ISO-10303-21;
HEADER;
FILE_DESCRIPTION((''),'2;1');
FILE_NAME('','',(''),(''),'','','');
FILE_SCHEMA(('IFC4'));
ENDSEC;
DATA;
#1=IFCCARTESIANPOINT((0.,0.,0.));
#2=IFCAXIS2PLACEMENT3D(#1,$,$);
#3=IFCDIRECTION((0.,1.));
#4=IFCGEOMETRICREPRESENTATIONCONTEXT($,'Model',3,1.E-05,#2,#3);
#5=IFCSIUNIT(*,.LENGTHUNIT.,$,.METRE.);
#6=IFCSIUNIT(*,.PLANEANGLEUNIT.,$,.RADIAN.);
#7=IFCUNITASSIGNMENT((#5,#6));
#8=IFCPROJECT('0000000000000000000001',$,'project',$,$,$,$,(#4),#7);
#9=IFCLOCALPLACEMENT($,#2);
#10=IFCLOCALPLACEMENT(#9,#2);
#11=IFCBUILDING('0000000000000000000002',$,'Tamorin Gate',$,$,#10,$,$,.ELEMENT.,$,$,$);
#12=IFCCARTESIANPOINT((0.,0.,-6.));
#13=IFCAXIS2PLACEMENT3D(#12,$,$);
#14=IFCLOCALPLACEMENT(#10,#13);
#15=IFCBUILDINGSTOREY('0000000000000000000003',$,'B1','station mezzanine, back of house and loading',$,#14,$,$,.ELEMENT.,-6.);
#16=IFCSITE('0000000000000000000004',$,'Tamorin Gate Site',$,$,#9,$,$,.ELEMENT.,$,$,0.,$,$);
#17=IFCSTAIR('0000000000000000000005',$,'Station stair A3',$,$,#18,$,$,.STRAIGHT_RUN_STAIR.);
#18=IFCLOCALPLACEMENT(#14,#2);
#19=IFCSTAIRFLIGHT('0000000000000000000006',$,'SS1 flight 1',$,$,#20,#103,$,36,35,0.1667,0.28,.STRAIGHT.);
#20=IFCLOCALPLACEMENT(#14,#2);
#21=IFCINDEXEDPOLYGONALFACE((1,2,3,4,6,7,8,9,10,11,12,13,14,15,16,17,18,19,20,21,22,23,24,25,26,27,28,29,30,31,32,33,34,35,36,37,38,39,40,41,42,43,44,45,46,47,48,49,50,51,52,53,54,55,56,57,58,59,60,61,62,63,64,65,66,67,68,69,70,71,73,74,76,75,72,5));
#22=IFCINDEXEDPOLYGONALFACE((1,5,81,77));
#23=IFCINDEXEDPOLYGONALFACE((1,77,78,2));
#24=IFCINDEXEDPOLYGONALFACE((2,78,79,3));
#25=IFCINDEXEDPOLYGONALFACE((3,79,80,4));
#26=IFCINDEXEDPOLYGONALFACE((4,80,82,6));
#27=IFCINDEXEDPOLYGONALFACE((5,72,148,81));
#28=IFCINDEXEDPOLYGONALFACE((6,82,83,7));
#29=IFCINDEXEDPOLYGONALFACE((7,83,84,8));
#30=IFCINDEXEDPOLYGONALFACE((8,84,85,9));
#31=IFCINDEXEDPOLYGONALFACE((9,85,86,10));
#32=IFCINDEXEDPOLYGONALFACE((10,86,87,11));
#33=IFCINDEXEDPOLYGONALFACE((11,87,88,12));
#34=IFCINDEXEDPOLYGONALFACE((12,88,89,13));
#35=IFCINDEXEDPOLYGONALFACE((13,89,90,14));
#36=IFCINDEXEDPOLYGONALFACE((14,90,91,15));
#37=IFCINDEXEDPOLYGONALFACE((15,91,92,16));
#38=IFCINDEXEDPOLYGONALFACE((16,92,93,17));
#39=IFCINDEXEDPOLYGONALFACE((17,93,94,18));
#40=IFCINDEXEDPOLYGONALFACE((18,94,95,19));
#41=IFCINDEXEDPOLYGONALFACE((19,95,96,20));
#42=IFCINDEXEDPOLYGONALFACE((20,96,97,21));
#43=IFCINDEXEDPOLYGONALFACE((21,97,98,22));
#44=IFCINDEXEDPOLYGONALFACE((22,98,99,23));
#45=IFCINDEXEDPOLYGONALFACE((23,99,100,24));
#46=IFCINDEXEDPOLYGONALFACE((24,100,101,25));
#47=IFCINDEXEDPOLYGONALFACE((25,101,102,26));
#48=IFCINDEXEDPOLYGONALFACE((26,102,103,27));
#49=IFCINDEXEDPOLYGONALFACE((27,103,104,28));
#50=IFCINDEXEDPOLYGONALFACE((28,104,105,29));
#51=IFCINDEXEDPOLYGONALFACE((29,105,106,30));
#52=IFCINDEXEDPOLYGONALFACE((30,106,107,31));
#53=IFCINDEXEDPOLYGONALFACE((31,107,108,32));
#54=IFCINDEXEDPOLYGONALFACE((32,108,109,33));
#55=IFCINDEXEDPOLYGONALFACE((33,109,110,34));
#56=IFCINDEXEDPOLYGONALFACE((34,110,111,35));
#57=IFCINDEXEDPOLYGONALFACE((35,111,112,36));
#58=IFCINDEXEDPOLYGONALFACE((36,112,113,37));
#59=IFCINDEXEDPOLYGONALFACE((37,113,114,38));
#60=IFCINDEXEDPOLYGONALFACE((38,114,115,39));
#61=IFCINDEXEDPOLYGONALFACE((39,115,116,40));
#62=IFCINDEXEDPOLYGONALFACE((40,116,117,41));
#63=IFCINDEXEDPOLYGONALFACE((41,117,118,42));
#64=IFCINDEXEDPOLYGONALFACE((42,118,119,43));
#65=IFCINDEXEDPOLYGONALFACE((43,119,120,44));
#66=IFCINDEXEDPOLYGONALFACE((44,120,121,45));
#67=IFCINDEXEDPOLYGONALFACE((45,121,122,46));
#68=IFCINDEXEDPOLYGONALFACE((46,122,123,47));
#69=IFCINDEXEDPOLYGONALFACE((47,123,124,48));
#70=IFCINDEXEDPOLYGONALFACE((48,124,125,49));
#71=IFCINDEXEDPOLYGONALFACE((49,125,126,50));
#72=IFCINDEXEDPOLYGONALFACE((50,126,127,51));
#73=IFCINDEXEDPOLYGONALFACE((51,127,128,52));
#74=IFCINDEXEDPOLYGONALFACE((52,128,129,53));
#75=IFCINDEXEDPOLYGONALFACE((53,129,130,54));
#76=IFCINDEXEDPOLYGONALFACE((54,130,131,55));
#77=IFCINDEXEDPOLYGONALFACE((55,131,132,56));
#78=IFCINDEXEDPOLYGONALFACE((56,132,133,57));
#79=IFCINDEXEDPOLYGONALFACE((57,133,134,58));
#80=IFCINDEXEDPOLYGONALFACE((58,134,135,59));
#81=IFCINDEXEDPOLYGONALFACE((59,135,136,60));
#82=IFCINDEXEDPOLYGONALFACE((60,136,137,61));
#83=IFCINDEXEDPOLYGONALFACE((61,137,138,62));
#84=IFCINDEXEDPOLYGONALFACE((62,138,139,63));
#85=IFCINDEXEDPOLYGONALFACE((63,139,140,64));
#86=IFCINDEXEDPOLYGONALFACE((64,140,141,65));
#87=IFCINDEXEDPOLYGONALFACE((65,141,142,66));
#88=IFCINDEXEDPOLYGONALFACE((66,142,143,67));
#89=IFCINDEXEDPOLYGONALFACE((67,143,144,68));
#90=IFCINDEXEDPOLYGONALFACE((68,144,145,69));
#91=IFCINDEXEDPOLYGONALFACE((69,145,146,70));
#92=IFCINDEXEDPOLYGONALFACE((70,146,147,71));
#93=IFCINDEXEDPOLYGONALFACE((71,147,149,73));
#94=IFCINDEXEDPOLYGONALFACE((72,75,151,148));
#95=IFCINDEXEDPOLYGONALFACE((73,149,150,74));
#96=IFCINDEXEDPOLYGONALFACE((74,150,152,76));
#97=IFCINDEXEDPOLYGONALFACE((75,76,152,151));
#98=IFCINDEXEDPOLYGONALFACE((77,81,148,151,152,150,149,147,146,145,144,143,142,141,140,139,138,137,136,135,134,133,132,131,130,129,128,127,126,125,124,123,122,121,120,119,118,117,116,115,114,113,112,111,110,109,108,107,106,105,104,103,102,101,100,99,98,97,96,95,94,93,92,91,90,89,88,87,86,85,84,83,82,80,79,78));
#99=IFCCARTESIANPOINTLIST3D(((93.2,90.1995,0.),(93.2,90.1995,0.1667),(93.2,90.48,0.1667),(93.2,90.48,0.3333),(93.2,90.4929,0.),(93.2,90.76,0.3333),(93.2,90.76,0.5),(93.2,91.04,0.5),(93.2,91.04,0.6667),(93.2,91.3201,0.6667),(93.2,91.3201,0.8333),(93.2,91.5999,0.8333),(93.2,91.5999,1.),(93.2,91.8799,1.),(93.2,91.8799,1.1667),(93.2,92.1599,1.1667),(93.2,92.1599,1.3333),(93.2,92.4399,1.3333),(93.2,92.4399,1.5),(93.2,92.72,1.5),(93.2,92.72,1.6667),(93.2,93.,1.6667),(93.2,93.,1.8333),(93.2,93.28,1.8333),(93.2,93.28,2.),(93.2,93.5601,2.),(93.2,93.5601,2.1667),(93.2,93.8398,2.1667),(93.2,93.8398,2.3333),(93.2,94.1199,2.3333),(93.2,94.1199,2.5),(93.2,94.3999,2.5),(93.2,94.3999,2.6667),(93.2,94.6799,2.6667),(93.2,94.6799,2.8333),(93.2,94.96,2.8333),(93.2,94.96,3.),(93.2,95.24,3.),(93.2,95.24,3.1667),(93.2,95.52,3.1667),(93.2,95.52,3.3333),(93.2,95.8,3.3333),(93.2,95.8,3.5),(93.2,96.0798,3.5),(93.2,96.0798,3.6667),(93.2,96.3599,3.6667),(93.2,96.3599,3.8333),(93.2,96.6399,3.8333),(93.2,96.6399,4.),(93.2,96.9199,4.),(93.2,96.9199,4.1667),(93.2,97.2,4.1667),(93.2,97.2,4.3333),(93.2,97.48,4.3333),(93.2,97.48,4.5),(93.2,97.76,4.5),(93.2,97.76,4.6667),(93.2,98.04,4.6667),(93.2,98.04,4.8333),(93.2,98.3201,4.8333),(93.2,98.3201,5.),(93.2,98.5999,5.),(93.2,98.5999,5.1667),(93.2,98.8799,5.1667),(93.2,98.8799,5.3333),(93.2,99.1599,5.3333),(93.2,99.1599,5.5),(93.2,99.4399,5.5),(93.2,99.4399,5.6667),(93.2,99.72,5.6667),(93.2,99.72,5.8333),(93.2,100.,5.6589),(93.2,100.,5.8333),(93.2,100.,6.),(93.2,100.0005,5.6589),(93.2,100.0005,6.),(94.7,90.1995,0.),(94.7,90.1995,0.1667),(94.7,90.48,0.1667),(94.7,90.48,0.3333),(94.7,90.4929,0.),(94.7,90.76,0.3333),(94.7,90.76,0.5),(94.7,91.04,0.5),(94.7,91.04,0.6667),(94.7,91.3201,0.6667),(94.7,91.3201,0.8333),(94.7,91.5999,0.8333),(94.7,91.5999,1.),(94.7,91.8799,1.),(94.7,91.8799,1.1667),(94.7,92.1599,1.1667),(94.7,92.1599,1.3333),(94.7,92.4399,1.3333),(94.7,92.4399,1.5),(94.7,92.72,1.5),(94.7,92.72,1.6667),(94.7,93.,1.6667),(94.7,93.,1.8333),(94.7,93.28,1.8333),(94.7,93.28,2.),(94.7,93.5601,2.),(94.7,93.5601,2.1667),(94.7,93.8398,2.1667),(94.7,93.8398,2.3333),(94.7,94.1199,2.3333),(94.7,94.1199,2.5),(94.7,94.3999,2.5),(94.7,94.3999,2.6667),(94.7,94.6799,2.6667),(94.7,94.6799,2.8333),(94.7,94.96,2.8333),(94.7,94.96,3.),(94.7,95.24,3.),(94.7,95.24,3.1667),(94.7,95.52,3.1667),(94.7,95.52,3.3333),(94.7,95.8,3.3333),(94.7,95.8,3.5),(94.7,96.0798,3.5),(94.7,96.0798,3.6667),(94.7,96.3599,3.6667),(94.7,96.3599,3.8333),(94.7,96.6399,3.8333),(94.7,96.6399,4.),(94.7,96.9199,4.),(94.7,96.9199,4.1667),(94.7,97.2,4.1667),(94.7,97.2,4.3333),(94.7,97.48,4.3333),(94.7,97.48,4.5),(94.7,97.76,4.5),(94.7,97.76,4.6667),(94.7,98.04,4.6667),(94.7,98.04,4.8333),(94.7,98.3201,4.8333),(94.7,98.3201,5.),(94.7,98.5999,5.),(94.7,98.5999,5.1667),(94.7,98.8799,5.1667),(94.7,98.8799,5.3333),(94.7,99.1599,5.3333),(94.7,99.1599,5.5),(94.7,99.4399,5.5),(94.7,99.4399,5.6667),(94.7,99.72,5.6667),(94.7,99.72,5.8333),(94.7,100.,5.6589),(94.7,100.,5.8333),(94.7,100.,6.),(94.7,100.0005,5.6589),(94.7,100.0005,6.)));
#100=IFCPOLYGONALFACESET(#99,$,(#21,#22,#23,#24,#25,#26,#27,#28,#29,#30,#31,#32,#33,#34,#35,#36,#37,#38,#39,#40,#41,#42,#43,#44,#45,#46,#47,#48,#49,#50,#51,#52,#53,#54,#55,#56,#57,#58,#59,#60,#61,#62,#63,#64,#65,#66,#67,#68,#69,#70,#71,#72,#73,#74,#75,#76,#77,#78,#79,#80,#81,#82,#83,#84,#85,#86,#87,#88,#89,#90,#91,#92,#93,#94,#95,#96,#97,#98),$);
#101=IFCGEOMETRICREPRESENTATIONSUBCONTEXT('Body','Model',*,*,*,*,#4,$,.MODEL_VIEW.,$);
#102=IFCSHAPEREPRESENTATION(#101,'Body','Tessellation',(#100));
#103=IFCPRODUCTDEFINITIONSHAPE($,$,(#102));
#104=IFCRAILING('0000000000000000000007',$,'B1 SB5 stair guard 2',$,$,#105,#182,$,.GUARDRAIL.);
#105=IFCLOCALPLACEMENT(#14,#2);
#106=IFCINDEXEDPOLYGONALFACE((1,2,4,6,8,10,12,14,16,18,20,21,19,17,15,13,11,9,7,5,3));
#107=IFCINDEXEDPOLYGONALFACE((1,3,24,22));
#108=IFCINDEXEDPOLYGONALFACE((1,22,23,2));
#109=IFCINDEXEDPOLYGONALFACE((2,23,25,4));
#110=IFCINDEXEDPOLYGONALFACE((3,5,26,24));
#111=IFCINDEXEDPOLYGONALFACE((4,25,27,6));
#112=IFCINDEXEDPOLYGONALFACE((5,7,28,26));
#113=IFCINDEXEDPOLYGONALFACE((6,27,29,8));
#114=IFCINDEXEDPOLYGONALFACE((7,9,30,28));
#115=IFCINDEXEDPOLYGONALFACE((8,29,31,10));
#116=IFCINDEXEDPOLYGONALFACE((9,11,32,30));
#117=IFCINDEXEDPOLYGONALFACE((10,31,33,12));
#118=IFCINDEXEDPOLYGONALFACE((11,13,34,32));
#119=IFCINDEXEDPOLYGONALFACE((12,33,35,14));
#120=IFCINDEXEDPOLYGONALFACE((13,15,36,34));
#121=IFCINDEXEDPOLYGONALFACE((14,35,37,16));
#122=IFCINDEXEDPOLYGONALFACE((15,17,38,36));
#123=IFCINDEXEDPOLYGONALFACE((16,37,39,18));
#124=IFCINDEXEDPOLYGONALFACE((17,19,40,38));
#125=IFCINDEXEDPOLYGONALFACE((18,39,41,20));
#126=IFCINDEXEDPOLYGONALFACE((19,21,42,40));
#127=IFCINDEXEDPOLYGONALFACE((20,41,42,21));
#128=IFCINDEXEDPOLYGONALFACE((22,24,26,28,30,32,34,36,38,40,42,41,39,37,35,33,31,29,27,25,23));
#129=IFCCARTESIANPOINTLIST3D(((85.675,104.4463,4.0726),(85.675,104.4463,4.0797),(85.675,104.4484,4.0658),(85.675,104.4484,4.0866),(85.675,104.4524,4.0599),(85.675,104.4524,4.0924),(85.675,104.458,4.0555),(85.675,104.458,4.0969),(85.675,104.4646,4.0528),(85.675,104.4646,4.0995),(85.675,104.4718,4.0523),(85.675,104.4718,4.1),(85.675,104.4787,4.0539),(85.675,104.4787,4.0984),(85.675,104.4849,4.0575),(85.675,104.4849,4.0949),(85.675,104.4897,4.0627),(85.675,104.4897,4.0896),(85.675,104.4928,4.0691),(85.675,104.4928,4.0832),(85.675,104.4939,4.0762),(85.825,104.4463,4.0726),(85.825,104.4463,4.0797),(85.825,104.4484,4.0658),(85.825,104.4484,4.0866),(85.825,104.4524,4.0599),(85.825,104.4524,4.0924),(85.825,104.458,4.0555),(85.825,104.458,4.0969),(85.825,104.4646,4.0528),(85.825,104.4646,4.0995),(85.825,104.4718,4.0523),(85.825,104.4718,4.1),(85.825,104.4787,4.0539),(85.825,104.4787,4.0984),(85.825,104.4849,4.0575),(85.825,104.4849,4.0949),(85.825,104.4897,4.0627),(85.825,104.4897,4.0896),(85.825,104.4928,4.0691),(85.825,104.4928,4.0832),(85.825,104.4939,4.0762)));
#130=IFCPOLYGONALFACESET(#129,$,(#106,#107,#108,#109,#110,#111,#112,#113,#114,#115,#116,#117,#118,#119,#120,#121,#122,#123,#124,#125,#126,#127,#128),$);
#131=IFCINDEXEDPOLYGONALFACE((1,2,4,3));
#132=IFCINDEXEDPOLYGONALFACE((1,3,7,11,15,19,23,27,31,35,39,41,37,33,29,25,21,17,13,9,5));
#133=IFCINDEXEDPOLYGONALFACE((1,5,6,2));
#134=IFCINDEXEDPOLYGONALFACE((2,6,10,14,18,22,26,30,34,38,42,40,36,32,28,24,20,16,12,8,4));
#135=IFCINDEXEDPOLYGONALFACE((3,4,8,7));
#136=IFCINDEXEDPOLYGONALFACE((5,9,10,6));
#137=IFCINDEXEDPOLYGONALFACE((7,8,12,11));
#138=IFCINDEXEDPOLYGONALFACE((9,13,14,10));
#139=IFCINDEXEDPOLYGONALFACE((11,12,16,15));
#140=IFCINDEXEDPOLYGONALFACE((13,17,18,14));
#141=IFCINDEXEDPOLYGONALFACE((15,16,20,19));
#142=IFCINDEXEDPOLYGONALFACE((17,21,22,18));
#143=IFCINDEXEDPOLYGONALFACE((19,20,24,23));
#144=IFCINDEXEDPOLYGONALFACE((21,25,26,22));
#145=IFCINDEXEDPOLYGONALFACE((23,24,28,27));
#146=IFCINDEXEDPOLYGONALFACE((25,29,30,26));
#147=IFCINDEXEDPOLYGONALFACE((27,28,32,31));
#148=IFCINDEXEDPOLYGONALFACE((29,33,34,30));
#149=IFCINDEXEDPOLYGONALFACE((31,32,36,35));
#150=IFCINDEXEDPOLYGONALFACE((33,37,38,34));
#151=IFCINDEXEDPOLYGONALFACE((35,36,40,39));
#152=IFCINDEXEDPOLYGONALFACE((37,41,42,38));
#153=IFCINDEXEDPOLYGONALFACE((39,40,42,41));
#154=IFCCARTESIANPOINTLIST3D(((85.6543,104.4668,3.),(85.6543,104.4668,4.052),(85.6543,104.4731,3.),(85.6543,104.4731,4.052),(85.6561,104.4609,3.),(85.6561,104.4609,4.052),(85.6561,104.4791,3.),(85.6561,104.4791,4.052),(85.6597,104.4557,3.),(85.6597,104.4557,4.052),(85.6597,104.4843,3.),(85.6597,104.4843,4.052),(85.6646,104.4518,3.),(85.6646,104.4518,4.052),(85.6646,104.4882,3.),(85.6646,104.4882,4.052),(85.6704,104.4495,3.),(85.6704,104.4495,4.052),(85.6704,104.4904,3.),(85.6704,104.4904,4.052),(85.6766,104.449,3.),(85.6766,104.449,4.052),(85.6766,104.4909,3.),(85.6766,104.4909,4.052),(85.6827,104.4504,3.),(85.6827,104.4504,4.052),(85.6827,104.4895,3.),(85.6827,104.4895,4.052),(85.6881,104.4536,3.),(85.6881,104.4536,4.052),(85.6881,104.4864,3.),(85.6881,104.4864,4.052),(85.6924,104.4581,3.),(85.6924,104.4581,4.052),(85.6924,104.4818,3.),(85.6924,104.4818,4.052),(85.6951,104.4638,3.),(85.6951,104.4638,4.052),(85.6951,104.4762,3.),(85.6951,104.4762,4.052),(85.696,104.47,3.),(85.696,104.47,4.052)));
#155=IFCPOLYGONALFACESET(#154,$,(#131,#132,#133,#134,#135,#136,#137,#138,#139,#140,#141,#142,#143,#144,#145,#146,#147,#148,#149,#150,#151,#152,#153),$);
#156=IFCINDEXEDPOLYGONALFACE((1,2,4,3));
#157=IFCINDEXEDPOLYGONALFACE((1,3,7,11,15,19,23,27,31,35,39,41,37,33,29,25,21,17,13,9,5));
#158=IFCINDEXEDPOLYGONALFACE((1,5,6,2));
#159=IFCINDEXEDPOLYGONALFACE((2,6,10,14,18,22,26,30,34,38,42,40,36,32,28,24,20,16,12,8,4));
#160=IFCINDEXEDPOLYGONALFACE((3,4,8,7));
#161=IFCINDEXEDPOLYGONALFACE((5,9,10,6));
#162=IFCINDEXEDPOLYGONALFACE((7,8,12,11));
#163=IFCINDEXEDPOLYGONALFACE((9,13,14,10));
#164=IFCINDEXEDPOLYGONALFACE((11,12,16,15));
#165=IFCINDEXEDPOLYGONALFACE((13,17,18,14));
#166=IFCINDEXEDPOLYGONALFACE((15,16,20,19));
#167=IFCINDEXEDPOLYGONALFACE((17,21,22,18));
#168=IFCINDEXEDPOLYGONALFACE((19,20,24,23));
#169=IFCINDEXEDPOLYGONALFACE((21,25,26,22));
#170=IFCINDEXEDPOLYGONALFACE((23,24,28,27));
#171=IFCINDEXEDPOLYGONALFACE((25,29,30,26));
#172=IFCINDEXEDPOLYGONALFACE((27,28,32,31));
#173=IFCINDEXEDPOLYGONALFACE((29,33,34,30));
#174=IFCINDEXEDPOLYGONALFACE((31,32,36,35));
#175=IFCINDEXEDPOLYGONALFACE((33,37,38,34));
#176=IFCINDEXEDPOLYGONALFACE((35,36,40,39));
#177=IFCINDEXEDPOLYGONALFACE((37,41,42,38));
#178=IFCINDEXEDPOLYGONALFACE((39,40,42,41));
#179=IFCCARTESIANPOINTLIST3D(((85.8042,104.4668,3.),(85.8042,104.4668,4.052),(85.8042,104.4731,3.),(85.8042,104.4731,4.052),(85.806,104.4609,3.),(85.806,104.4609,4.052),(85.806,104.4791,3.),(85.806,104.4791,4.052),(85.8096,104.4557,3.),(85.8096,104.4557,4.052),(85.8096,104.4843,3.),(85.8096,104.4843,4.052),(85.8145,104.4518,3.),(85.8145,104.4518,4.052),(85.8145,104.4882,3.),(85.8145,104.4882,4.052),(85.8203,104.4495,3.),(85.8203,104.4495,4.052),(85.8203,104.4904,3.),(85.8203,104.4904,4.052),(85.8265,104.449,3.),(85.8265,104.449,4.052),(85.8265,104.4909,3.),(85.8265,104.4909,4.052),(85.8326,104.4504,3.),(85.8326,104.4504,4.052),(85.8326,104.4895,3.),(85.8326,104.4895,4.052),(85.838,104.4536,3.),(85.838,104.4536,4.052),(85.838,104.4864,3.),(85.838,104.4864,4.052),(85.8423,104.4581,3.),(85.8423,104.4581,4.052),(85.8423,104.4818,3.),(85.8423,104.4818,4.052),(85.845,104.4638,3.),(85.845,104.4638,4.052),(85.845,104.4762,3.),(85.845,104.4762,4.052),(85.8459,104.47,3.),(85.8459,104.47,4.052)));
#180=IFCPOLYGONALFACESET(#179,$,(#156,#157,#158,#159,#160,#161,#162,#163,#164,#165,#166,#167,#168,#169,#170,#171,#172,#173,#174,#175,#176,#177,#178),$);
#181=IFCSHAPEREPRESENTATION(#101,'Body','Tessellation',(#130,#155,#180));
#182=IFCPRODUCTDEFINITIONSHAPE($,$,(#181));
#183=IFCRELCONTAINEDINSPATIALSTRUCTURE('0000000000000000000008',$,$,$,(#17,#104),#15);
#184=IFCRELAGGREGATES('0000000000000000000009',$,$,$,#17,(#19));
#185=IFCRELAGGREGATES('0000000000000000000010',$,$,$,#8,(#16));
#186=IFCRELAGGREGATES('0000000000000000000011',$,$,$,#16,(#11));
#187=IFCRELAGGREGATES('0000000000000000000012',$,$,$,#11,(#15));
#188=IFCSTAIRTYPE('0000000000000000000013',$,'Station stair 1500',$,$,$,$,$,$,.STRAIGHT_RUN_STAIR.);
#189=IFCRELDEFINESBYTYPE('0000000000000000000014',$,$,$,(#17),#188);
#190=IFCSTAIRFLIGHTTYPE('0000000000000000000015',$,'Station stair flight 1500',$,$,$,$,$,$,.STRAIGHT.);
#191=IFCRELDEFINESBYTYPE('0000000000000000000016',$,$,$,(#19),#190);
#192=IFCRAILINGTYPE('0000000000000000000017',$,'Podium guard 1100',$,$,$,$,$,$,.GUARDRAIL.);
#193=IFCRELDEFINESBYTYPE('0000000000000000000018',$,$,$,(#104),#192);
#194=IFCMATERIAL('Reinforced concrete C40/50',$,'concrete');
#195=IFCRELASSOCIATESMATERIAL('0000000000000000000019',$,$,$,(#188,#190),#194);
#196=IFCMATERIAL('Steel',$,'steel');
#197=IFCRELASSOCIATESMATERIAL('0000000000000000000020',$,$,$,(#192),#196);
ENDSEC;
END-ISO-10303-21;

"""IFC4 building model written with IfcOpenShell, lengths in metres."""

from ifc_helpers import new_model, si_unit, direction, frame, origin, origin_2d, place, context, subcontext, project, spatial, polyline, circle, outline, extrude, material, type_object, element, aggregate, save


model = new_model("IFC4")

# Units and contexts
model_context = context("Model", 3, precision=1e-05, world=origin(), true_north=direction((0.0, 1.0)))
body_context = subcontext(model_context, "Body", "Model", "MODEL_VIEW")
ifc_project = project(units=[si_unit("LENGTHUNIT", "METRE"), si_unit("PLANEANGLEUNIT", "RADIAN")], contexts=[model_context])

# Site, building, storey
site_placement = place(None, origin())
site = spatial("IfcSite", under=ifc_project, at=site_placement, Name="Tamorin Gate Site", CompositionType="ELEMENT", RefElevation=0.0)
building_placement = place(site_placement, origin())
building = spatial("IfcBuilding", under=site, at=building_placement, Name="Tamorin Gate", CompositionType="ELEMENT")
storey_placement = place(building_placement, frame((0.0, 0.0, -6.0)))
storey = spatial("IfcBuildingStorey", under=building, at=storey_placement, Name="B1", Description="station mezzanine, back of house and loading", CompositionType="ELEMENT", Elevation=-6.0)

# Stair, stair flight
ifc_material_1 = material(Name="Reinforced concrete C40/50", Category="concrete")
stair_type = type_object("IfcStairType", Name="Station stair 1500", PredefinedType="STRAIGHT_RUN_STAIR", material=ifc_material_1)
stair_placement = place(storey_placement, origin())
stair = element("IfcStair", 1, at=stair_placement, inside=storey, type_object=stair_type, Name="Station stair A3", PredefinedType="STRAIGHT_RUN_STAIR")
stair_flight_type = type_object("IfcStairFlightType", Name="Station stair flight 1500", PredefinedType="STRAIGHT", material=ifc_material_1)
stair_flight_placement = place(storey_placement, frame((93.95, 90.2, 0.0), z_axis=(0.0, 0.0, 1.0), x_axis=(0.0, 1.0, 0.0)))
stair_flight = element("IfcStairFlight", 2, at=stair_flight_placement, type_object=stair_flight_type, Name="SS1 flight 1", NumberOfRisers=36, NumberOfTreads=35, PredefinedType="STRAIGHT", RiserHeight=0.1667, TreadLength=0.28, context=body_context, shape_type="SweptSolid", body=[
    extrude(outline(polyline([(-0.0005, 0.0), (-0.0005, 0.1667), (0.28, 0.1667), (0.28, 0.3333), (0.5601, 0.3333), (0.5601, 0.5), (0.8401, 0.5), (0.8401, 0.6667), (1.1201, 0.6667), (1.1201, 0.8333), (1.3999, 0.8333), (1.3999, 1.0), (1.6799, 1.0), (1.6799, 1.1667), (1.96, 1.1667), (1.96, 1.3333), (2.24, 1.3333), (2.24, 1.5), (2.52, 1.5), (2.52, 1.6667), (2.8, 1.6667), (2.8, 1.8333), (3.0801, 1.8333), (3.0801, 2.0), (3.3601, 2.0), (3.3601, 2.1667), (3.6399, 2.1667), (3.6399, 2.3333), (3.9199, 2.3333), (3.9199, 2.5), (4.2, 2.5), (4.2, 2.6667), (4.48, 2.6667), (4.48, 2.8333), (4.76, 2.8333), (4.76, 3.0), (5.04, 3.0), (5.04, 3.1667), (5.3201, 3.1667), (5.3201, 3.3333), (5.6001, 3.3333), (5.6001, 3.5), (5.8799, 3.5), (5.8799, 3.6667), (6.1599, 3.6667), (6.1599, 3.8333), (6.4399, 3.8333), (6.4399, 4.0), (6.72, 4.0), (6.72, 4.1667), (7.0, 4.1667), (7.0, 4.3333), (7.28, 4.3333), (7.28, 4.5), (7.5601, 4.5), (7.5601, 4.6667), (7.8401, 4.6667), (7.8401, 4.8333), (8.1201, 4.8333), (8.1201, 5.0), (8.3999, 5.0), (8.3999, 5.1667), (8.6799, 5.1667), (8.6799, 5.3333), (8.96, 5.3333), (8.96, 5.5), (9.24, 5.5), (9.24, 5.6667), (9.52, 5.6667), (9.52, 5.8333), (9.8, 5.8333), (9.8, 6.0), (9.8005, 6.0), (9.8005, 5.6589), (9.8, 5.6589), (0.293, 0.0), (-0.0005, 0.0)])), frame((0.0, 0.75, 0.0), z_axis=(0.0, -1.0, 0.0), x_axis=(1.0, 0.0, 0.0)), (0.0, 0.0, 1.0), 1.5),
])
aggregate(stair, [stair_flight])

# Railing
ifc_material_2 = material(Name="Steel", Category="steel")
railing_type_1 = type_object("IfcRailingType", Name="Podium guard 1100", PredefinedType="GUARDRAIL", material=ifc_material_2)
railing_1_placement = place(storey_placement, frame((85.675, 104.47, 3.0)))
element("IfcRailing", 3, at=railing_1_placement, inside=storey, type_object=railing_type_1, Name="B1 SB5 stair guard 2", PredefinedType="GUARDRAIL", context=body_context, shape_type="SweptSolid", body=[
    extrude(circle(Radius=0.0239, at=origin_2d()), frame((0.0, 0.0, 1.0762), z_axis=(1.0, 0.0, 0.0), x_axis=(0.0, 1.0, 0.0)), (0.0, 0.0, 1.0), 0.1499),
    extrude(circle(Radius=0.021, at=origin_2d()), origin(), (0.0, 0.0, 1.0), 1.052),
    extrude(circle(Radius=0.021, at=origin_2d()), frame((0.1499, 0.0, 0.0)), (0.0, 0.0, 1.0), 1.052),
])

save(model, "model.ifc")
